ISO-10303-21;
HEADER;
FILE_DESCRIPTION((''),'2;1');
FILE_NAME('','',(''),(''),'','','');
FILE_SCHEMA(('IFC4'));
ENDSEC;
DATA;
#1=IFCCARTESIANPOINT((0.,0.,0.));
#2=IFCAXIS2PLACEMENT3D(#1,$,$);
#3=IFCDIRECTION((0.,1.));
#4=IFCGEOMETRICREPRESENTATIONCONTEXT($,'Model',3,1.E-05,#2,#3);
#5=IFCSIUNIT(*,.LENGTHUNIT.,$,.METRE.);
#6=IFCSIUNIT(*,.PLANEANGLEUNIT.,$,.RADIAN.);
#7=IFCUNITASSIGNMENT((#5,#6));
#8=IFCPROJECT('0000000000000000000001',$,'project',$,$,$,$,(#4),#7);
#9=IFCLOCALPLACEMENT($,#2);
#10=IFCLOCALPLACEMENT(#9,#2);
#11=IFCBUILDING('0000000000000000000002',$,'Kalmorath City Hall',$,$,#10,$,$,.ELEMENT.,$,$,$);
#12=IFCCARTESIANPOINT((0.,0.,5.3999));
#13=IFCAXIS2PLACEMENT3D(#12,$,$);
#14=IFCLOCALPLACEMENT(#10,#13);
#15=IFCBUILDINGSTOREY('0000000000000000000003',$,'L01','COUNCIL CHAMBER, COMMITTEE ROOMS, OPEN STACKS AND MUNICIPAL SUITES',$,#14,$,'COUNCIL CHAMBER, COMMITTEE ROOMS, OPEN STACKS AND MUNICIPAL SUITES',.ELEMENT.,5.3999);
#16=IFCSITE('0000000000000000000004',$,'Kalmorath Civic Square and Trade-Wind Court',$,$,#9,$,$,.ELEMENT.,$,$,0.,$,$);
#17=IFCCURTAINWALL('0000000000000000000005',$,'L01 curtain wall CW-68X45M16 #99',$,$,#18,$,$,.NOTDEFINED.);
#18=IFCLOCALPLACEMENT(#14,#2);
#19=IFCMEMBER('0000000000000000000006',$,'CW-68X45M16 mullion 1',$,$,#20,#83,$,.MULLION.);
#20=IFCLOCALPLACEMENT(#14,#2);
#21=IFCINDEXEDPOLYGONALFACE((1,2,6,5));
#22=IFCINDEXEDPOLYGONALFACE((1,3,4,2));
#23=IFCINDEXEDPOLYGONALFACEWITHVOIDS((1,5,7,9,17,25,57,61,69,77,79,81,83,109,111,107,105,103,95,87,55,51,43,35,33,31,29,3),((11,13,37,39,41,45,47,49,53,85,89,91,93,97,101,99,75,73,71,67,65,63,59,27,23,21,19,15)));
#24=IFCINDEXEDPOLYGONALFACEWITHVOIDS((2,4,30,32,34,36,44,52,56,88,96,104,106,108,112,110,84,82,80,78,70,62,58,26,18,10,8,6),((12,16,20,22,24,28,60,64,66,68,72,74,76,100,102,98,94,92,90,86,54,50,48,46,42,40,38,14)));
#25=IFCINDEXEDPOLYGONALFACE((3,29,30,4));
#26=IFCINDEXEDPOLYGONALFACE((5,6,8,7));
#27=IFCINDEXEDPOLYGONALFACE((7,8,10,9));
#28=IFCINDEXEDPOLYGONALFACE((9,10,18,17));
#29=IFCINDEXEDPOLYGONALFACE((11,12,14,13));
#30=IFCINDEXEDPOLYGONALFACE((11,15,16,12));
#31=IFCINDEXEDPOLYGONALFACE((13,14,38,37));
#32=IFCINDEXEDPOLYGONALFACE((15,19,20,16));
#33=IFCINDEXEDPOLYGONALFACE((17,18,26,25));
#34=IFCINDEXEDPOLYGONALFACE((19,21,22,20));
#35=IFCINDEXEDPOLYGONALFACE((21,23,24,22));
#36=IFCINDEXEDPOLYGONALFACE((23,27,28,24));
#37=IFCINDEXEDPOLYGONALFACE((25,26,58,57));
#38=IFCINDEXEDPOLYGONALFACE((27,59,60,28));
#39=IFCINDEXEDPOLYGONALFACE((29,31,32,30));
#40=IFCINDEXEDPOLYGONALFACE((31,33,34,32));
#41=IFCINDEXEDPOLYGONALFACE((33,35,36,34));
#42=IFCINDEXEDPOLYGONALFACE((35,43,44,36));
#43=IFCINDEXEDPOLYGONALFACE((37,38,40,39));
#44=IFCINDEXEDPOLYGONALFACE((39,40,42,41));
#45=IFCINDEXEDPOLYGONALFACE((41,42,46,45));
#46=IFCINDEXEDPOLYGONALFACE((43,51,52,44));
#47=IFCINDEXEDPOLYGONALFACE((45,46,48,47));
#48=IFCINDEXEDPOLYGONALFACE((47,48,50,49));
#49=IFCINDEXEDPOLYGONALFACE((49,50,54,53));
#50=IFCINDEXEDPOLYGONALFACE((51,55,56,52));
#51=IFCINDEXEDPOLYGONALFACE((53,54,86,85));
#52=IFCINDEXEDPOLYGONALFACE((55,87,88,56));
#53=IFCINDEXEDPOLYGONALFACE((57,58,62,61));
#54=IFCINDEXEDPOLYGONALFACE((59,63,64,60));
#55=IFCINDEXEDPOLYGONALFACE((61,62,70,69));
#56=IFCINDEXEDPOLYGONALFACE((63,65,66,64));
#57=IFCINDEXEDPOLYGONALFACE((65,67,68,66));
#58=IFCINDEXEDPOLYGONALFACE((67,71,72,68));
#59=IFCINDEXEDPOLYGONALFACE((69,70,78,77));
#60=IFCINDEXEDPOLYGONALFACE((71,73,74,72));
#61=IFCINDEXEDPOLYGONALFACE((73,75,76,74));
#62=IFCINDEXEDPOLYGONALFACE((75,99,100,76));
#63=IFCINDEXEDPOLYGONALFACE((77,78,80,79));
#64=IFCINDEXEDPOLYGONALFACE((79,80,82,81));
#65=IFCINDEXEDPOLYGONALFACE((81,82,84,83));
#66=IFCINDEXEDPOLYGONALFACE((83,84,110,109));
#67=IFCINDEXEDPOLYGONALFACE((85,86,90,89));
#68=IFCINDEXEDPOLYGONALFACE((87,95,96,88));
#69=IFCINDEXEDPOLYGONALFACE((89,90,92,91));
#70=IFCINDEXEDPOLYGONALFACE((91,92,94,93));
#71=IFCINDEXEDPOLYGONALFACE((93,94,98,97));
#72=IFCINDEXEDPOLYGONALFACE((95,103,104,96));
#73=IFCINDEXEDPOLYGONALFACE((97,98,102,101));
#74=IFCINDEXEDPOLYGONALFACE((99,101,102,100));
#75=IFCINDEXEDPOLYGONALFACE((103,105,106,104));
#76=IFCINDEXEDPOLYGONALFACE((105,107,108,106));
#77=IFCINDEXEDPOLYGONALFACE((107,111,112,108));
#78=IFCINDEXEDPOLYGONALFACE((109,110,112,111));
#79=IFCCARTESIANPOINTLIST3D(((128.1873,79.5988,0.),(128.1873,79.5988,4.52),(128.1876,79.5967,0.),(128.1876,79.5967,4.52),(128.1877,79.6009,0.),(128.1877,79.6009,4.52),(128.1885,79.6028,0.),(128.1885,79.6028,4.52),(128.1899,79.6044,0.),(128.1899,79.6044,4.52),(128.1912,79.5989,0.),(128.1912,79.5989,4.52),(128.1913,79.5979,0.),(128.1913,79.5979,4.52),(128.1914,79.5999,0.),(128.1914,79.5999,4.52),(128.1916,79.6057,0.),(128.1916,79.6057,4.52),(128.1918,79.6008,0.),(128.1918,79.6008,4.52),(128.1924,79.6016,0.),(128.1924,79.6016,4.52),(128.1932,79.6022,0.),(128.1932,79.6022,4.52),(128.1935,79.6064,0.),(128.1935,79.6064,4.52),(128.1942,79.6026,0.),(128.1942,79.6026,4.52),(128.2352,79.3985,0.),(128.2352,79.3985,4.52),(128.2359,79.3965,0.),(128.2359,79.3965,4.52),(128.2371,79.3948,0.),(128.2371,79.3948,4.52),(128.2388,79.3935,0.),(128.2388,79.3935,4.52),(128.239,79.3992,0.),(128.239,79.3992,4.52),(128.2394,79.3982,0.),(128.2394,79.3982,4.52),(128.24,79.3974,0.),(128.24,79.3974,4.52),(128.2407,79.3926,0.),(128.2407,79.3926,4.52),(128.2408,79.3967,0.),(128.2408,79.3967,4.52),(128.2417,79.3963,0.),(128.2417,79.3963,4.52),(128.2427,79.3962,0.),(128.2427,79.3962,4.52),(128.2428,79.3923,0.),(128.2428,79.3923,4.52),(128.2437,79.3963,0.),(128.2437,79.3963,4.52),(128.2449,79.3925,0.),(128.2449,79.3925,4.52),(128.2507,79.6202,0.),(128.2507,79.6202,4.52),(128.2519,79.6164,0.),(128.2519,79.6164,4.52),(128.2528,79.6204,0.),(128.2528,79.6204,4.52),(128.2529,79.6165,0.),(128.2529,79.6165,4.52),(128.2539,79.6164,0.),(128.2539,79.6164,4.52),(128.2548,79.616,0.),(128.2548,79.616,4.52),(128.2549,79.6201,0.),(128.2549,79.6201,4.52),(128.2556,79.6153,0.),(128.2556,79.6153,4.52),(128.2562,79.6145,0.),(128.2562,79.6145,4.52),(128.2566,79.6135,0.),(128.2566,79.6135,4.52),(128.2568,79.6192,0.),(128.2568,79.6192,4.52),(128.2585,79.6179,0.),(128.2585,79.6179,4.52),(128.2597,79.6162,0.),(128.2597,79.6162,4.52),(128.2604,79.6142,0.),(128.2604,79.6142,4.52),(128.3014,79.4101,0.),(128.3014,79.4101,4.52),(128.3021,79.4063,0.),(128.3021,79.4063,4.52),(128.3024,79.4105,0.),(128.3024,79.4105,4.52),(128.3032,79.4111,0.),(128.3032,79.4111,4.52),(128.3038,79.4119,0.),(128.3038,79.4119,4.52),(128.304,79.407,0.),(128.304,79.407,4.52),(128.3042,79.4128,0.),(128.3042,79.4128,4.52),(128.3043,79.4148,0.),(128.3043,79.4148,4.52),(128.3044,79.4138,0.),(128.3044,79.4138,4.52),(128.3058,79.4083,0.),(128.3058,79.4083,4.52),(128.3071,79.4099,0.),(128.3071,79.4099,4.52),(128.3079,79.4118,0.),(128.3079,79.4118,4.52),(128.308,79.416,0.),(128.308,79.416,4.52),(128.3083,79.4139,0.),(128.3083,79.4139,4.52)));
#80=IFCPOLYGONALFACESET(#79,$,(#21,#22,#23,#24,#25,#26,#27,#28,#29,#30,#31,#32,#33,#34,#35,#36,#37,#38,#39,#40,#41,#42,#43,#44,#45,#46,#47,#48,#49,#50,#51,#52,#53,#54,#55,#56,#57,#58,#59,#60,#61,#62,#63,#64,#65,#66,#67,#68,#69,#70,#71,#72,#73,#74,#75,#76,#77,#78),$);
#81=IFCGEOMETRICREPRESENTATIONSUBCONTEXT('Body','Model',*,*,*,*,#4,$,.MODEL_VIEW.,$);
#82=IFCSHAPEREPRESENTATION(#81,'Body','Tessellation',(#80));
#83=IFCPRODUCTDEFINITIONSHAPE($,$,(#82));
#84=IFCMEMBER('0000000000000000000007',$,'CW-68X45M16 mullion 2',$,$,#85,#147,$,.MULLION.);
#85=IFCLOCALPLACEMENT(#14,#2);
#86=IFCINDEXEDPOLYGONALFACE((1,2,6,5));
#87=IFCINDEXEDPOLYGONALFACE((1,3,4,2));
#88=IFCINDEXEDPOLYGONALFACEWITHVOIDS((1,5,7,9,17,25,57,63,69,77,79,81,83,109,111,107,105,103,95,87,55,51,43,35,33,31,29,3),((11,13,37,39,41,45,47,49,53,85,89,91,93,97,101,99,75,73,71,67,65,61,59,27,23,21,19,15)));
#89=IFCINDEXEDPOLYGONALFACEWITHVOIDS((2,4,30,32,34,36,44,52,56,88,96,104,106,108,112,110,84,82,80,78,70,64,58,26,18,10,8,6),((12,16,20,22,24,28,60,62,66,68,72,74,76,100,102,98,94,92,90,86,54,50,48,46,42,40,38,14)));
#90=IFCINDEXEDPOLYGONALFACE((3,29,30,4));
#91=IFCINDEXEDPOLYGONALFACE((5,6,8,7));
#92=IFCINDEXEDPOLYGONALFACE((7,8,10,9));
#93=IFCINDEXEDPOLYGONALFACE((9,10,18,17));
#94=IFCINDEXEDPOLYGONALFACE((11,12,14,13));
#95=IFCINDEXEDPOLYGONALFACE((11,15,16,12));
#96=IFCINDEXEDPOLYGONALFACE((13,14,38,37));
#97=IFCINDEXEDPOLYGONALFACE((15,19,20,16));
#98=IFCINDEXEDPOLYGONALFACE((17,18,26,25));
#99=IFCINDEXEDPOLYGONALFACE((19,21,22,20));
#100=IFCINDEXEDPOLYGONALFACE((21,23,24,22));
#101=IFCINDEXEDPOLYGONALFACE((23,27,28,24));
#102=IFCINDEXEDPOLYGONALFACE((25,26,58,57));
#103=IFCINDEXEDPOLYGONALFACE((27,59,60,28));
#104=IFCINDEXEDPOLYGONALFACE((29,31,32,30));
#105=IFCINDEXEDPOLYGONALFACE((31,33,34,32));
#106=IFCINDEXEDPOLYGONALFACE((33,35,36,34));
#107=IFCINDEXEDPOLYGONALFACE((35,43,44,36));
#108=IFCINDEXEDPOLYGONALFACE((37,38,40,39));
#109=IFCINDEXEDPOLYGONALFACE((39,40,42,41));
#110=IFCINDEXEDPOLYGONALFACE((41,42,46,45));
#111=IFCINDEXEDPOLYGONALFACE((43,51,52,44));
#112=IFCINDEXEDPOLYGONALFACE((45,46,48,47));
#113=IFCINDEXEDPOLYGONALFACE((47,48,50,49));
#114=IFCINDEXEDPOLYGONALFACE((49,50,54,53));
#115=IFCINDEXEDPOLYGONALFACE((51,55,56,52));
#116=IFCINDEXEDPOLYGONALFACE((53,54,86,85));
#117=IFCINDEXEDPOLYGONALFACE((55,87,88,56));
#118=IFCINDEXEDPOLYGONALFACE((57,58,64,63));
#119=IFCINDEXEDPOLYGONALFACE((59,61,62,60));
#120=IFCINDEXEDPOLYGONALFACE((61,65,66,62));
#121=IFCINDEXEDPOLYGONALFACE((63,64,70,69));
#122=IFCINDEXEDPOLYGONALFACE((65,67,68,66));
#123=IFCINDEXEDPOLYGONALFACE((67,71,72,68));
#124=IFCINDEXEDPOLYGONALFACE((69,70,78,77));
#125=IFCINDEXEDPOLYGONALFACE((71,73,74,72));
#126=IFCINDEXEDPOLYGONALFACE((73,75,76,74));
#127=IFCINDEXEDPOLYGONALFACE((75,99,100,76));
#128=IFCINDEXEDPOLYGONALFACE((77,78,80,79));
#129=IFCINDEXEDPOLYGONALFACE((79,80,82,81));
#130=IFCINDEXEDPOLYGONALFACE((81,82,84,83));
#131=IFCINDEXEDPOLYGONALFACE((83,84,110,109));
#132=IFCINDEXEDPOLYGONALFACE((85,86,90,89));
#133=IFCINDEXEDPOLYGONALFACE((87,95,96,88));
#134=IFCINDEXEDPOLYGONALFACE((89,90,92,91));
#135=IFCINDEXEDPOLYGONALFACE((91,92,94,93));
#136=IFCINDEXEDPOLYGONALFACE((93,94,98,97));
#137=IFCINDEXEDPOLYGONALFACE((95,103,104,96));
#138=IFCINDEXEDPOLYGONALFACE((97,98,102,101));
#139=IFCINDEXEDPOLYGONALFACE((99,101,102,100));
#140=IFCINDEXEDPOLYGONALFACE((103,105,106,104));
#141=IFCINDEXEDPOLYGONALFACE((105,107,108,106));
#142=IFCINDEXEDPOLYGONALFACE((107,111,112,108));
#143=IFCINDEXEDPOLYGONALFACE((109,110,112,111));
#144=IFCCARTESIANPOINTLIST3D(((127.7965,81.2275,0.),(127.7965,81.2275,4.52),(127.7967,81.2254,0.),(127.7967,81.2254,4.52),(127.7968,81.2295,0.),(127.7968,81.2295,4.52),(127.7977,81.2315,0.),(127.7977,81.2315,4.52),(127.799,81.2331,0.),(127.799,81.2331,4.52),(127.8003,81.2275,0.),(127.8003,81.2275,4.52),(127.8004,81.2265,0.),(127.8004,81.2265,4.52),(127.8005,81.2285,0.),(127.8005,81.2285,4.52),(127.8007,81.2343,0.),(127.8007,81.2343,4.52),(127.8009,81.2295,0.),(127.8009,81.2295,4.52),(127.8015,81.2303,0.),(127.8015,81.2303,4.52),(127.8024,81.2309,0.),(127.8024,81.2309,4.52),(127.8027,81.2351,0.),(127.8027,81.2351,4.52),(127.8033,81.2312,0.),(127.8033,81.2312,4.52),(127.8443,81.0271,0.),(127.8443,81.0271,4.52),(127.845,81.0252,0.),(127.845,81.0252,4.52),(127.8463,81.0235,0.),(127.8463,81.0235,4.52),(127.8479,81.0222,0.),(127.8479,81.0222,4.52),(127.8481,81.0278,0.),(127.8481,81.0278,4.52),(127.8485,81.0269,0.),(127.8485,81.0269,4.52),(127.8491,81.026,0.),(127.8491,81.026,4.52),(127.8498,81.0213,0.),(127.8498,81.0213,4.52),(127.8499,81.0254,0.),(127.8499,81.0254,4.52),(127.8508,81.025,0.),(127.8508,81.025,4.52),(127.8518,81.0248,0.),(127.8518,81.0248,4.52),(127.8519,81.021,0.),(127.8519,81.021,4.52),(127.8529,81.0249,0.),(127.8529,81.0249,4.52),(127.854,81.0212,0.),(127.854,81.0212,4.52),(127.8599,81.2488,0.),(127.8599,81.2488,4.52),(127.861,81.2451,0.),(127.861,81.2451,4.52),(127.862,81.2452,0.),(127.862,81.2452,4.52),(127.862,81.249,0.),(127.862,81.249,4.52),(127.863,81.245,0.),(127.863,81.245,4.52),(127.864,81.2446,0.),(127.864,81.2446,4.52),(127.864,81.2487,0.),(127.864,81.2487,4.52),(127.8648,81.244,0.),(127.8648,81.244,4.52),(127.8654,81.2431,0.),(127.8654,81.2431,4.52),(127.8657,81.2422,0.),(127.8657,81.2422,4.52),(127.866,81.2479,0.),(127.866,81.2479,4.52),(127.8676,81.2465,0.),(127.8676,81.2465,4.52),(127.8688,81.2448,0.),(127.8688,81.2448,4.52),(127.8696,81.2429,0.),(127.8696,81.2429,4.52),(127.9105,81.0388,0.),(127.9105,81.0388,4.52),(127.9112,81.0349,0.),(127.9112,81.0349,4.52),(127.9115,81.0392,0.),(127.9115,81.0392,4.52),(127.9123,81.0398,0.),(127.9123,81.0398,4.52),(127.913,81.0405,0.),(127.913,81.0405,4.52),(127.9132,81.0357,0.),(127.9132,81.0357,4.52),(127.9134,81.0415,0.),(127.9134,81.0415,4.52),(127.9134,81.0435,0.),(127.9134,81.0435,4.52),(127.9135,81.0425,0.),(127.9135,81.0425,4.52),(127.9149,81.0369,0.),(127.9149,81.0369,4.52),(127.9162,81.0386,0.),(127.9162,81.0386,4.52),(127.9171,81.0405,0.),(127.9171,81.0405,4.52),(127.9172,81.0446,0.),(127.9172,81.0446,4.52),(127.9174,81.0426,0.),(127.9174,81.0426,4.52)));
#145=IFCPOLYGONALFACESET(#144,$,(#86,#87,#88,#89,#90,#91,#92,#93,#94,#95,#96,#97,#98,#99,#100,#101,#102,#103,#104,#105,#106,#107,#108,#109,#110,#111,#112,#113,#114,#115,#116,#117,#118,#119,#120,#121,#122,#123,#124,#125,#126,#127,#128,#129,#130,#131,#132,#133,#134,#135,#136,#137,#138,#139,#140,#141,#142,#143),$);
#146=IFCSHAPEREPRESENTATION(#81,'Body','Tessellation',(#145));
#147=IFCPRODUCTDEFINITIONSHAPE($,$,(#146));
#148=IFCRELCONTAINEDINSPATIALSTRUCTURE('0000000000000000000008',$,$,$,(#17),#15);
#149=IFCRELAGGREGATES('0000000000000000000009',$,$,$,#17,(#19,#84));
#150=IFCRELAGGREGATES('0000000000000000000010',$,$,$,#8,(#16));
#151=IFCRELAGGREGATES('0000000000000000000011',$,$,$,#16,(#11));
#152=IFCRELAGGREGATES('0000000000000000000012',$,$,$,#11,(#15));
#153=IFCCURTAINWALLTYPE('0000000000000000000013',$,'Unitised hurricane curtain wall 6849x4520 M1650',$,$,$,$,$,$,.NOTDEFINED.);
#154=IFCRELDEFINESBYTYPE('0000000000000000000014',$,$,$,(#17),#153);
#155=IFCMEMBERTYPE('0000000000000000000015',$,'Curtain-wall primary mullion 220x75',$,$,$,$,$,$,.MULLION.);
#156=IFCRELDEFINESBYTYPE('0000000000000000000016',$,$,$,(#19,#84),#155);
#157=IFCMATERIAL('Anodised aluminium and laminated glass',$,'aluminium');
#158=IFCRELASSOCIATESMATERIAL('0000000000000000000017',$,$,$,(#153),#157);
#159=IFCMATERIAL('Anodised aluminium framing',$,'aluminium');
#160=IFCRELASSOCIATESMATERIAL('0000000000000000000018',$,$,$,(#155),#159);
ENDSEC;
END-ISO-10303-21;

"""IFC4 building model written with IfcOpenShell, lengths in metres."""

from ifc_helpers import new_model, si_unit, direction, frame, origin, origin_2d, place, context, subcontext, project, spatial, hollow_rectangle, extrude, material, material_profile, profile_set, type_object, element, aggregate, save


model = new_model("IFC4")

# Units and contexts
model_context = context("Model", 3, precision=1e-05, world=origin(), true_north=direction((0.0, 1.0)))
body_context = subcontext(model_context, "Body", "Model", "MODEL_VIEW")
ifc_project = project(units=[si_unit("LENGTHUNIT", "METRE"), si_unit("PLANEANGLEUNIT", "RADIAN")], contexts=[model_context])

# Site, building, storey
site_placement = place(None, origin())
site = spatial("IfcSite", under=ifc_project, at=site_placement, Name="Kalmorath Civic Square and Trade-Wind Court", CompositionType="ELEMENT", RefElevation=0.0)
building_placement = place(site_placement, origin())
building = spatial("IfcBuilding", under=site, at=building_placement, Name="Kalmorath City Hall", CompositionType="ELEMENT")
storey_placement = place(building_placement, frame((0.0, 0.0, 5.3999)))
storey = spatial("IfcBuildingStorey", under=building, at=storey_placement, Name="L01", Description="COUNCIL CHAMBER, COMMITTEE ROOMS, OPEN STACKS AND MUNICIPAL SUITES", LongName="COUNCIL CHAMBER, COMMITTEE ROOMS, OPEN STACKS AND MUNICIPAL SUITES", CompositionType="ELEMENT", Elevation=5.3999)

# Curtain wall
ifc_material_1 = material(Name="Anodised aluminium and laminated glass", Category="aluminium")
curtain_wall_type = type_object("IfcCurtainWallType", Name="Unitised hurricane curtain wall 6849x4520 M1650", PredefinedType="NOTDEFINED", material=ifc_material_1)
curtain_wall_1_placement = place(storey_placement, origin())
curtain_wall_1 = element("IfcCurtainWall", 1, at=curtain_wall_1_placement, inside=storey, type_object=curtain_wall_type, Name="L01 curtain wall CW-68X45M16 #99", PredefinedType="NOTDEFINED")

# Shared definitions
ifc_material_2 = material(Name="Anodised aluminium framing", Category="aluminium")
ifc_material_profile_1 = material_profile(ifc_material_2, hollow_rectangle(XDim=0.075, YDim=0.22, WallThickness=0.0039, InnerFilletRadius=0.0039, OuterFilletRadius=0.0081, at=origin_2d()), Name="ALU-MUL-220X75X4")
ifc_profile_set_1 = profile_set([ifc_material_profile_1], Name="Anodised aluminium framing")
member_type_1 = type_object("IfcMemberType", Name="Curtain-wall primary mullion 220x75", PredefinedType="MULLION", material=ifc_profile_set_1)

# Members
member_1_placement = place(storey_placement, frame((128.2478, 79.5063, 0.0), z_axis=(0.0, 0.0, 1.0), x_axis=(-0.972367, -0.233456, 0.0)))
member_1 = element("IfcMember", 2, at=member_1_placement, type_object=member_type_1, Name="CW-68X45M16 mullion 1", PredefinedType="MULLION", context=body_context, shape_type="SweptSolid", body=[
    extrude(hollow_rectangle(XDim=0.075, YDim=0.22, WallThickness=0.0039, InnerFilletRadius=0.0039, OuterFilletRadius=0.0081, at=origin_2d()), origin(), (0.0, 0.0, 1.0), 4.52),
])
member_2_placement = place(storey_placement, frame((127.8569, 81.135, 0.0), z_axis=(0.0, 0.0, 1.0), x_axis=(-0.972367, -0.233456, 0.0)))
member_2 = element("IfcMember", 3, at=member_2_placement, type_object=member_type_1, Name="CW-68X45M16 mullion 2", PredefinedType="MULLION", context=body_context, shape_type="SweptSolid", body=[
    extrude(hollow_rectangle(XDim=0.075, YDim=0.22, WallThickness=0.0039, InnerFilletRadius=0.0039, OuterFilletRadius=0.0081, at=origin_2d()), origin(), (0.0, 0.0, 1.0), 4.52),
])

aggregate(curtain_wall_1, [member_1, member_2])

save(model, "model.ifc")
